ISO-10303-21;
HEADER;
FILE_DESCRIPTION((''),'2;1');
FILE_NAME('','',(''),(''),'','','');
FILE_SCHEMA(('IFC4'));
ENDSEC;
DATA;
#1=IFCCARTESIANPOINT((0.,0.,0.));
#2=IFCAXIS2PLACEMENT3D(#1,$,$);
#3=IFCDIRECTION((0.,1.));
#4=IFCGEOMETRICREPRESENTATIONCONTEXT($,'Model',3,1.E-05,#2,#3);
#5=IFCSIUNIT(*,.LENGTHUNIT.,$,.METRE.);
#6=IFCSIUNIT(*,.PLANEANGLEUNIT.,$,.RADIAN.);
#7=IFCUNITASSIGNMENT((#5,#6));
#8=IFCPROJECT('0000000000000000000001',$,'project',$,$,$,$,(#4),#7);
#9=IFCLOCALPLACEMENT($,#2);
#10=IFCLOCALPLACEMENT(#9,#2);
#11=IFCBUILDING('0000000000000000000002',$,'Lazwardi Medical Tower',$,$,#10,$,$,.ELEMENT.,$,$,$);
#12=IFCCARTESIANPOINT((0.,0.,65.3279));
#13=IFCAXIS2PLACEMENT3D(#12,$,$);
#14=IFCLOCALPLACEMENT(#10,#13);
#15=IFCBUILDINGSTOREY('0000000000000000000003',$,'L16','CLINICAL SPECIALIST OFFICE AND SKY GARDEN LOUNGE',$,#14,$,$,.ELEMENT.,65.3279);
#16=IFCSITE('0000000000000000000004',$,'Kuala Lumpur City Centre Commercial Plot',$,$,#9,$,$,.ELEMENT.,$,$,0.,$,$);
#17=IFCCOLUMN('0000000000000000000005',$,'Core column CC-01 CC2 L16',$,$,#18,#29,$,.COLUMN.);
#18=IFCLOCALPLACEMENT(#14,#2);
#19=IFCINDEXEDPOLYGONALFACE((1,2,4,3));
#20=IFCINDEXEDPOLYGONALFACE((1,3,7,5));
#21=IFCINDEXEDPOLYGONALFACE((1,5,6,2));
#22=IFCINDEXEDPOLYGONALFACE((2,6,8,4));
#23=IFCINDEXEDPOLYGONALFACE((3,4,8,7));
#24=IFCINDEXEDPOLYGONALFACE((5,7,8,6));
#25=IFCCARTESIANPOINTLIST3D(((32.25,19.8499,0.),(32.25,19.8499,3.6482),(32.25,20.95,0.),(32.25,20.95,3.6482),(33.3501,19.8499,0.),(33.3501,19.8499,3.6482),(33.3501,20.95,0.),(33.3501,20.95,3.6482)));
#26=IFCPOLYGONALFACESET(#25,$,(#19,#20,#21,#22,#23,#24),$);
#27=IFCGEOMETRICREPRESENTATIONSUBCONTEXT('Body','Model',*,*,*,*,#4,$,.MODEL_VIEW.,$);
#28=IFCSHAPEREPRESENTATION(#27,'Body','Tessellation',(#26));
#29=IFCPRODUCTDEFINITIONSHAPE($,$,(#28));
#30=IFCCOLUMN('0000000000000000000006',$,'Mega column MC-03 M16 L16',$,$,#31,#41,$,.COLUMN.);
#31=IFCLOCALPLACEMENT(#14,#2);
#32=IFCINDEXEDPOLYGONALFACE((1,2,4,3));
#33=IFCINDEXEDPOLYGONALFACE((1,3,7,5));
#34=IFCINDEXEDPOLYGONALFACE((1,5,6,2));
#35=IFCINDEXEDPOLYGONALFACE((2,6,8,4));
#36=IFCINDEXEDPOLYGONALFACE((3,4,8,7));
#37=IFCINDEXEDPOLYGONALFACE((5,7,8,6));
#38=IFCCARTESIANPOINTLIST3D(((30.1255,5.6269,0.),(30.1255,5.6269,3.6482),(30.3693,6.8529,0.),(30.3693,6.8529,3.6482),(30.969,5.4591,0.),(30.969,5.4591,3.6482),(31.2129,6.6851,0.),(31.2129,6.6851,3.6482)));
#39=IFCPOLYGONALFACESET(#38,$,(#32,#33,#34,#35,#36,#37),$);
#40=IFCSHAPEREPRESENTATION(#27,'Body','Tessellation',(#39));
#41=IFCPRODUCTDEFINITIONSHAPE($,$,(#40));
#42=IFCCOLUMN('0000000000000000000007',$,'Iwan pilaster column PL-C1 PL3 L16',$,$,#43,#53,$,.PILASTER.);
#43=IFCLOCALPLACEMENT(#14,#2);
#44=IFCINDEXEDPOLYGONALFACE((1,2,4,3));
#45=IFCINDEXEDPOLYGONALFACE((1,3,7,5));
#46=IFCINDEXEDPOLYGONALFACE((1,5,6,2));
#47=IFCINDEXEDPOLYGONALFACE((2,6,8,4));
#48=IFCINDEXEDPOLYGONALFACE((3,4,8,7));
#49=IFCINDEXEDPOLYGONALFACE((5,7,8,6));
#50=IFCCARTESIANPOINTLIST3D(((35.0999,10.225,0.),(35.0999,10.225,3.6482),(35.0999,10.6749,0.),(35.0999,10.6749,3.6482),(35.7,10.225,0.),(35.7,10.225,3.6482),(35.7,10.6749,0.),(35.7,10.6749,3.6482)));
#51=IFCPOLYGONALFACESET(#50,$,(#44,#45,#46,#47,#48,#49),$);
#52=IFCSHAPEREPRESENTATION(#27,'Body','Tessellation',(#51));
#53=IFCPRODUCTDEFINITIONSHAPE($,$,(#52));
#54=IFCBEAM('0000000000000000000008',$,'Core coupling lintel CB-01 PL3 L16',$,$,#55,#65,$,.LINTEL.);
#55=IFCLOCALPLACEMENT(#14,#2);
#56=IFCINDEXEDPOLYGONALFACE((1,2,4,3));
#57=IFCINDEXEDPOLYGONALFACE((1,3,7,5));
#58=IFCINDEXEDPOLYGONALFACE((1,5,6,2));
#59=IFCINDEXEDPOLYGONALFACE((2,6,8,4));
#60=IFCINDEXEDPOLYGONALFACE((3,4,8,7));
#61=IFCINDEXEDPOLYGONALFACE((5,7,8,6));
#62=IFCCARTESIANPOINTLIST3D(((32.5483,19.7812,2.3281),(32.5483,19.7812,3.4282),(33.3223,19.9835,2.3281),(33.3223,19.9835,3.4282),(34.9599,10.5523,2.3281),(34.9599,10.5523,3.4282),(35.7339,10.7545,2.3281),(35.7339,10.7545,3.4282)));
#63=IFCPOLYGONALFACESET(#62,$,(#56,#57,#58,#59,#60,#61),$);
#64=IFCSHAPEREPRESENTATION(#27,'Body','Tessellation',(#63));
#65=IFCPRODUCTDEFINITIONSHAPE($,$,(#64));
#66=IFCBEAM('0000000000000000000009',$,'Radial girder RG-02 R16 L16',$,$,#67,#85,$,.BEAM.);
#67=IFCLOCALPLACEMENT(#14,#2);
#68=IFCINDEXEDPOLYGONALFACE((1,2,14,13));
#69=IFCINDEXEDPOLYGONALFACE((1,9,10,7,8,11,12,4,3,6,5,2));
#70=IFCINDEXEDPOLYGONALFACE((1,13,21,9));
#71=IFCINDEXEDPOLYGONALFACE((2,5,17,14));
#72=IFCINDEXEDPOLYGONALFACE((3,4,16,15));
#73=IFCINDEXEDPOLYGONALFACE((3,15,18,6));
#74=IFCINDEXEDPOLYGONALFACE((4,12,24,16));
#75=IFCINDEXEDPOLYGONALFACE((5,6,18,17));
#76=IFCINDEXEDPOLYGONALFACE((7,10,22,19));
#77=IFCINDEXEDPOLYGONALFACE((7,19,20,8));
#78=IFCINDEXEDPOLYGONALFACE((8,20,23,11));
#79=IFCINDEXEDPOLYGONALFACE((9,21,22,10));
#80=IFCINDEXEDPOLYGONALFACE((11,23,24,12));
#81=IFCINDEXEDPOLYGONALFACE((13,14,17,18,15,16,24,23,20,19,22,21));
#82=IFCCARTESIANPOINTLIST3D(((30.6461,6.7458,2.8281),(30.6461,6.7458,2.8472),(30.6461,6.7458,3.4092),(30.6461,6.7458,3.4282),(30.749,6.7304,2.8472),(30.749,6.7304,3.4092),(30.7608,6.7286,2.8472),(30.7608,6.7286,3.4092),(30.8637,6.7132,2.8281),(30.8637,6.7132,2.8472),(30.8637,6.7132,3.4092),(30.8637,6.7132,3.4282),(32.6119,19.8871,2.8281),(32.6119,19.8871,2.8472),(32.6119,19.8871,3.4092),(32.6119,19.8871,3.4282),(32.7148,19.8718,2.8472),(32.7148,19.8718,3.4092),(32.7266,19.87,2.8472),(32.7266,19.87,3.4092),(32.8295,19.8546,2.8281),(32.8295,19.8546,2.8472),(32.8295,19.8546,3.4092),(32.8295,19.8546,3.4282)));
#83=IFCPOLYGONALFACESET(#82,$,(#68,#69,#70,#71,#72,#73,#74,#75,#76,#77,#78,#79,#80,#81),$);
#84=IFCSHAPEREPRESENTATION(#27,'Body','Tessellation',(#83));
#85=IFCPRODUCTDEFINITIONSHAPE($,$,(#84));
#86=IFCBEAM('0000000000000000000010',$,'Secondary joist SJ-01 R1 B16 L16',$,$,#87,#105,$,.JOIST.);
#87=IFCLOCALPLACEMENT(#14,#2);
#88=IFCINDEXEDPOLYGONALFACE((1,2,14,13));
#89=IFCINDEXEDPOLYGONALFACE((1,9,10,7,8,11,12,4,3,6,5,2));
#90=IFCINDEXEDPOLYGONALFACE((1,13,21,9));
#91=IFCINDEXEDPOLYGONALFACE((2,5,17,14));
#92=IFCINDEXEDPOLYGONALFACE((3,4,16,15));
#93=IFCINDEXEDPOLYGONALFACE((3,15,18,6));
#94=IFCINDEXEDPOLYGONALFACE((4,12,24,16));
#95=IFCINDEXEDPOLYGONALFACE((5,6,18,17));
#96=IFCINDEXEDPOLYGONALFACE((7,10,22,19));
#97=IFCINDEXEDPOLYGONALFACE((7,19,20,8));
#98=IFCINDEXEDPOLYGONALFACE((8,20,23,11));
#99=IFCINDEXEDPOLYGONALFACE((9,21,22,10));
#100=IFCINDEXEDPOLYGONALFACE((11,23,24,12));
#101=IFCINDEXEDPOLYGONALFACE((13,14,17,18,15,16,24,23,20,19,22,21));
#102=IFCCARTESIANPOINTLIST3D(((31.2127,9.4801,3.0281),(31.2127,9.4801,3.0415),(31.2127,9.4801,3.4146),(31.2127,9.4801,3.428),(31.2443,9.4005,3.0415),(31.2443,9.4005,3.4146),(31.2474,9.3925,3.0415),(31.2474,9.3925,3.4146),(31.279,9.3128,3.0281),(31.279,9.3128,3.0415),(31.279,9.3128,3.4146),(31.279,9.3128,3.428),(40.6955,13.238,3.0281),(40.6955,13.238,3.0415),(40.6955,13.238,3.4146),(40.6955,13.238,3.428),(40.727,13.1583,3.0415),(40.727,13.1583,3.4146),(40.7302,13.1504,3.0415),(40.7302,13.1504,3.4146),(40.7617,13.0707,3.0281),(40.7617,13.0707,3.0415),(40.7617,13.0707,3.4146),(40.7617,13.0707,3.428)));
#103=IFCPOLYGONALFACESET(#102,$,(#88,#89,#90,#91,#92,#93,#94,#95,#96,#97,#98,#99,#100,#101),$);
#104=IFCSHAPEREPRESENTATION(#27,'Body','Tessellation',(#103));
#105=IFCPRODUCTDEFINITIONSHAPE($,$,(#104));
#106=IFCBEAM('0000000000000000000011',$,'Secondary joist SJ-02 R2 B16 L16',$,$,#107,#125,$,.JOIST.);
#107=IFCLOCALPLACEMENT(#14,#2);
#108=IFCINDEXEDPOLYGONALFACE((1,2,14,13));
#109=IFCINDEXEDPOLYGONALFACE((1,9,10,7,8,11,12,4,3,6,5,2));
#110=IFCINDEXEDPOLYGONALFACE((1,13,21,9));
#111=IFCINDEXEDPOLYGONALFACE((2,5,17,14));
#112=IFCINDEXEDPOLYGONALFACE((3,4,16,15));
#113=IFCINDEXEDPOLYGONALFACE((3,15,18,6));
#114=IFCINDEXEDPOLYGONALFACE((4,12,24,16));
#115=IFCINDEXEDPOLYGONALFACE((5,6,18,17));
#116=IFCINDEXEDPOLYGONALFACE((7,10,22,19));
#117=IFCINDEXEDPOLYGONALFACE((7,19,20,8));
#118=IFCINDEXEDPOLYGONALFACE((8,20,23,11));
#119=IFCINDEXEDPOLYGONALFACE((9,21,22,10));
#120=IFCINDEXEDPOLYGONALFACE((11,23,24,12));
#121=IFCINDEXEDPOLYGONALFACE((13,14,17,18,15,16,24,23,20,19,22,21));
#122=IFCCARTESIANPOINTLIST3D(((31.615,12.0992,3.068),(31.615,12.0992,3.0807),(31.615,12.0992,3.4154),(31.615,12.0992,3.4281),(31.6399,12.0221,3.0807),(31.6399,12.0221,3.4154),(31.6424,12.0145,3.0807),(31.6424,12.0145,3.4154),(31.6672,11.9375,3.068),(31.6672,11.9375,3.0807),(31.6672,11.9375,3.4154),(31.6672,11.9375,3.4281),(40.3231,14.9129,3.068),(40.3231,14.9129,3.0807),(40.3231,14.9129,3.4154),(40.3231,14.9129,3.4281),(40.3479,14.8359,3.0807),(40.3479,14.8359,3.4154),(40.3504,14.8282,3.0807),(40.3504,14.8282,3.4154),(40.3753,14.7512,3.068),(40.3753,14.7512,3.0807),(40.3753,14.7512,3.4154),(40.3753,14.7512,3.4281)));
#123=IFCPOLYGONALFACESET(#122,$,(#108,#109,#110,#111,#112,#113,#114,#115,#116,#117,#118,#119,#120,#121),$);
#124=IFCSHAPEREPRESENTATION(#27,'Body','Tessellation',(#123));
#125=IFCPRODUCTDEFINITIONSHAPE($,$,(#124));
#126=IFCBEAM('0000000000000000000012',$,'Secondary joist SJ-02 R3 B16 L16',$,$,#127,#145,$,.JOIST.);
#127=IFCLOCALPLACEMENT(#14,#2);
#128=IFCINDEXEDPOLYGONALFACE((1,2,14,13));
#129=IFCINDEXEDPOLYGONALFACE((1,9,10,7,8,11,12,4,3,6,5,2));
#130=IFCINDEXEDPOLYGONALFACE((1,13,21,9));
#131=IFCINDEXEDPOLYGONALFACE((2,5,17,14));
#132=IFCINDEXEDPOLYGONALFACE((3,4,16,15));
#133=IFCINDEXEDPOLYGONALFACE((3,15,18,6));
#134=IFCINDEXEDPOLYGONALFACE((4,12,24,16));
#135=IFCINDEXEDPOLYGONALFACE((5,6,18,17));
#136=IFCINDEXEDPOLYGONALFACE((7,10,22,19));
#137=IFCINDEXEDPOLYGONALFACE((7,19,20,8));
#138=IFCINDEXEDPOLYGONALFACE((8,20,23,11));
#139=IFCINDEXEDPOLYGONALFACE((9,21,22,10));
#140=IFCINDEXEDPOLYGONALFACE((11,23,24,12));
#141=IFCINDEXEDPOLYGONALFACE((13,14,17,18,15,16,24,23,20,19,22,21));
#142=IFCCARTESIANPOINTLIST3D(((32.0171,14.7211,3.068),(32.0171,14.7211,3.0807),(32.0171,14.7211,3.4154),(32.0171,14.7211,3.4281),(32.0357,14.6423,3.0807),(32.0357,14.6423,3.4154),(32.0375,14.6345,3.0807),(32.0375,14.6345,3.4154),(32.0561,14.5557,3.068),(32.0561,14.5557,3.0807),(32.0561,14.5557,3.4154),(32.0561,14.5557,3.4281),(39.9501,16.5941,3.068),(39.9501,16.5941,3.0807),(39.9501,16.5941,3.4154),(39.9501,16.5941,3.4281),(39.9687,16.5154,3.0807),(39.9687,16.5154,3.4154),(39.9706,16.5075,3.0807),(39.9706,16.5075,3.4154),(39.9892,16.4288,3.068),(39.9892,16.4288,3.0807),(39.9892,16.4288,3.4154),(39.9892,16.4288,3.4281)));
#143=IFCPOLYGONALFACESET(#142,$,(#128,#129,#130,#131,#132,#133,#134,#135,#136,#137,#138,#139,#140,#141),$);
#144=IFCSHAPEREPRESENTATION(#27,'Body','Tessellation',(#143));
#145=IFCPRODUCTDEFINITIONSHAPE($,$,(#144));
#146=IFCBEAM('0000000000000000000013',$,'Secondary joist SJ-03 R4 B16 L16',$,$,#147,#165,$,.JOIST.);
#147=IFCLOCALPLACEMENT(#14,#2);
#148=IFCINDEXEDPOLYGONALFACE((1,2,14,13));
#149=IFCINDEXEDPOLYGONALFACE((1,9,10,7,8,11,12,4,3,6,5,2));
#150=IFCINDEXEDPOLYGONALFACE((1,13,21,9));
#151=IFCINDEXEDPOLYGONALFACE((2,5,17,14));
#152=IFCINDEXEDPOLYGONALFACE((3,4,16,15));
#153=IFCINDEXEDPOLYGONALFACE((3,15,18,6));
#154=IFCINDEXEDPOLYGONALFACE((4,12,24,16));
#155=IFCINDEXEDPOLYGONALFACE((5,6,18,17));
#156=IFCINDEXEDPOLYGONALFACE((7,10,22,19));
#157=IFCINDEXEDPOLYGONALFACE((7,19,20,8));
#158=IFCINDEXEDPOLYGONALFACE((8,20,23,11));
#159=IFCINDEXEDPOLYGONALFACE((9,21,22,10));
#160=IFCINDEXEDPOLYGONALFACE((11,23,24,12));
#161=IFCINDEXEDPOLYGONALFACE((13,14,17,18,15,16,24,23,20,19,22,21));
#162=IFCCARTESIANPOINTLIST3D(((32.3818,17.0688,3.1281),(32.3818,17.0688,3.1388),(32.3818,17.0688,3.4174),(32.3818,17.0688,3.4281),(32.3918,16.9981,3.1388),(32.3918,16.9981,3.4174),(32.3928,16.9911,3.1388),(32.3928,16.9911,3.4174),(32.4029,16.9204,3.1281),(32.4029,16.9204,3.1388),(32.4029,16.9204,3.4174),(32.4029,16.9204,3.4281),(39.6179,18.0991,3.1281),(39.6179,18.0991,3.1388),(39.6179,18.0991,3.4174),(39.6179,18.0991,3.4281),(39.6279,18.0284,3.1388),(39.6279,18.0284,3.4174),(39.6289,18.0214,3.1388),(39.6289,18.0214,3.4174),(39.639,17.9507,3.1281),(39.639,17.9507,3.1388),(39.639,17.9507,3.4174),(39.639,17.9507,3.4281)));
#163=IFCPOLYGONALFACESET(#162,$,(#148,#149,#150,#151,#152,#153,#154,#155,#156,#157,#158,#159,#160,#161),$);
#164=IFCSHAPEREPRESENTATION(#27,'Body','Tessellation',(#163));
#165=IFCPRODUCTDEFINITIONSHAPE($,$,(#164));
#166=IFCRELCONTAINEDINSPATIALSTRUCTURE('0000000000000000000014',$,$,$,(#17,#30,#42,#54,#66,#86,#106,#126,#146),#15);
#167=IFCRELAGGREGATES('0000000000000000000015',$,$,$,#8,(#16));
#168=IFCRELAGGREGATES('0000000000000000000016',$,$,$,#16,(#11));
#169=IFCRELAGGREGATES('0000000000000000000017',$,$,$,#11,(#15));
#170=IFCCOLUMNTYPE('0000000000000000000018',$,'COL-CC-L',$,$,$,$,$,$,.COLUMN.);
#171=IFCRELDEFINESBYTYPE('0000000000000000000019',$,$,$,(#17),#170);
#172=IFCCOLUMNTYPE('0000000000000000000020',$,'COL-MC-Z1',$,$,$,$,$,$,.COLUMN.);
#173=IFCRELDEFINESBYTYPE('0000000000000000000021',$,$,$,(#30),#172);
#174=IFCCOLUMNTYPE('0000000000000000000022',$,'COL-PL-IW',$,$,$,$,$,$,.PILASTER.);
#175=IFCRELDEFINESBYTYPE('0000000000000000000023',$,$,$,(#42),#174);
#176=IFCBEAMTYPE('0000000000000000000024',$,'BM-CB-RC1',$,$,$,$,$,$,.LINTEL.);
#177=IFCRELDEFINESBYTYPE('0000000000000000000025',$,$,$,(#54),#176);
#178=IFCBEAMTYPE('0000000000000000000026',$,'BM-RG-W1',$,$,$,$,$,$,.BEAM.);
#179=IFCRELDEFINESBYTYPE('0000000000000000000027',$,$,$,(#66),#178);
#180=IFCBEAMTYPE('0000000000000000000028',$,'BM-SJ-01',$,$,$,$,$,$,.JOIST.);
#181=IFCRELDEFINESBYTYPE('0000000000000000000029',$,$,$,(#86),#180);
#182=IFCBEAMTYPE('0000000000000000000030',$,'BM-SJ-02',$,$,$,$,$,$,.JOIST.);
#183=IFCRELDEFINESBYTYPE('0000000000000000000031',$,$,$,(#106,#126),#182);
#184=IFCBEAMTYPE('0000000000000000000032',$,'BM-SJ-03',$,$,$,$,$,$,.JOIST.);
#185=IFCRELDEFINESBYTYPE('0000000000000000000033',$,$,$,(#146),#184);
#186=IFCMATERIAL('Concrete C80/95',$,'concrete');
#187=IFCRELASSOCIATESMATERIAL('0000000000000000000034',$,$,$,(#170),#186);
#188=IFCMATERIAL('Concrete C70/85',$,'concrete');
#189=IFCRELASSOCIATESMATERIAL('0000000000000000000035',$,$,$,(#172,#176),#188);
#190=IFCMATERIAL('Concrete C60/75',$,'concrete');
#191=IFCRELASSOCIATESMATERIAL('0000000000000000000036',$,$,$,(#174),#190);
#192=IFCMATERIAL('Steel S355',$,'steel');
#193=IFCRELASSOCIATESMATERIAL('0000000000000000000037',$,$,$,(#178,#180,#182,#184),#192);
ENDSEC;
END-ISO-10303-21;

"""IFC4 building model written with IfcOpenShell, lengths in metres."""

from ifc_helpers import new_model, si_unit, direction, frame, origin, origin_2d, place, context, subcontext, project, spatial, rectangle, i_section, extrude, material, material_profile, profile_set, type_object, element, save


model = new_model("IFC4")

# Units and contexts
model_context = context("Model", 3, precision=1e-05, world=origin(), true_north=direction((0.0, 1.0)))
body_context = subcontext(model_context, "Body", "Model", "MODEL_VIEW")
ifc_project = project(units=[si_unit("LENGTHUNIT", "METRE"), si_unit("PLANEANGLEUNIT", "RADIAN")], contexts=[model_context])

# Site, building, storey
site_placement = place(None, origin())
site = spatial("IfcSite", under=ifc_project, at=site_placement, Name="Kuala Lumpur City Centre Commercial Plot", CompositionType="ELEMENT", RefElevation=0.0)
building_placement = place(site_placement, origin())
building = spatial("IfcBuilding", under=site, at=building_placement, Name="Lazwardi Medical Tower", CompositionType="ELEMENT")
storey_placement = place(building_placement, frame((0.0, 0.0, 65.3279)))
storey = spatial("IfcBuildingStorey", under=building, at=storey_placement, Name="L16", Description="CLINICAL SPECIALIST OFFICE AND SKY GARDEN LOUNGE", CompositionType="ELEMENT", Elevation=65.3279)

# Columns
ifc_material_1 = material(Name="Concrete C80/95", Category="concrete")
ifc_material_profile_1 = material_profile(ifc_material_1, rectangle(XDim=1.1001, YDim=1.1001, at=origin_2d()), Name="RC 1100x1100")
ifc_profile_set_1 = profile_set([ifc_material_profile_1], Name="Concrete C80/95")
column_type_1 = type_object("IfcColumnType", Name="COL-CC-L", PredefinedType="COLUMN", material=ifc_profile_set_1)
column_1_placement = place(storey_placement, frame((32.8, 20.3999, 0.0), z_axis=(0.0, 0.0, 1.0), x_axis=(1.0, 0.0, 0.0)))
element("IfcColumn", 1, at=column_1_placement, inside=storey, type_object=column_type_1, Name="Core column CC-01 CC2 L16", PredefinedType="COLUMN", context=body_context, shape_type="SweptSolid", body=[
    extrude(rectangle(XDim=1.1001, YDim=1.1001, at=origin_2d()), origin(), (0.0, 0.0, 1.0), 3.6482),
])
ifc_material_2 = material(Name="Concrete C70/85", Category="concrete")
ifc_material_profile_2 = material_profile(ifc_material_2, rectangle(XDim=1.25, YDim=0.8601, at=origin_2d()), Name="CFT-RECT 1250x860")
ifc_profile_set_2 = profile_set([ifc_material_profile_2], Name="Concrete C70/85")
column_type_2 = type_object("IfcColumnType", Name="COL-MC-Z1", PredefinedType="COLUMN", material=ifc_profile_set_2)
column_2_placement = place(storey_placement, frame((30.6692, 6.156, 0.0), z_axis=(0.0, 0.0, 1.0), x_axis=(-0.19509, -0.980785, 0.0)))
element("IfcColumn", 2, at=column_2_placement, inside=storey, type_object=column_type_2, Name="Mega column MC-03 M16 L16", PredefinedType="COLUMN", context=body_context, shape_type="SweptSolid", body=[
    extrude(rectangle(XDim=1.25, YDim=0.8601, at=origin_2d()), origin(), (0.0, 0.0, 1.0), 3.6482),
])
ifc_material_3 = material(Name="Concrete C60/75", Category="concrete")
ifc_material_profile_3 = material_profile(ifc_material_3, rectangle(XDim=0.6001, YDim=0.45, at=origin_2d()), Name="RC 600x450")
ifc_profile_set_3 = profile_set([ifc_material_profile_3], Name="Concrete C60/75")
column_type_3 = type_object("IfcColumnType", Name="COL-PL-IW", PredefinedType="PILASTER", material=ifc_profile_set_3)
column_3_placement = place(storey_placement, frame((35.3999, 10.45, 0.0), z_axis=(0.0, 0.0, 1.0), x_axis=(1.0, 0.0, 0.0)))
element("IfcColumn", 3, at=column_3_placement, inside=storey, type_object=column_type_3, Name="Iwan pilaster column PL-C1 PL3 L16", PredefinedType="PILASTER", context=body_context, shape_type="SweptSolid", body=[
    extrude(rectangle(XDim=0.6001, YDim=0.45, at=origin_2d()), origin(), (0.0, 0.0, 1.0), 3.6482),
])

# Beams
ifc_material_profile_4 = material_profile(ifc_material_2, rectangle(XDim=0.8, YDim=1.1001, at=origin_2d()), Name="RC 800x1100")
ifc_profile_set_4 = profile_set([ifc_material_profile_4], Name="Concrete C70/85")
beam_type_1 = type_object("IfcBeamType", Name="BM-CB-RC1", PredefinedType="LINTEL", material=ifc_profile_set_4)
beam_1_placement = place(storey_placement, frame((32.9353, 19.8823, 2.8782), z_axis=(0.25282, -0.967513, 0.0), x_axis=(0.967513, 0.25282, 0.0)))
element("IfcBeam", 4, at=beam_1_placement, inside=storey, type_object=beam_type_1, Name="Core coupling lintel CB-01 PL3 L16", PredefinedType="LINTEL", context=body_context, shape_type="SweptSolid", body=[
    extrude(rectangle(XDim=0.8, YDim=1.1001, at=origin_2d()), origin(), (0.0, 0.0, 1.0), 9.5388),
])
ifc_material_4 = material(Name="Steel S355", Category="steel")
ifc_material_profile_5 = material_profile(ifc_material_4, i_section(OverallWidth=0.22, OverallDepth=0.6001, WebThickness=0.012, FlangeThickness=0.019, at=origin_2d()), Name="IPE 600")
ifc_profile_set_5 = profile_set([ifc_material_profile_5], Name="Steel S355")
beam_type_2 = type_object("IfcBeamType", Name="BM-RG-W1", PredefinedType="BEAM", material=ifc_profile_set_5)
beam_2_placement = place(storey_placement, frame((30.7549, 6.7295, 3.1282), z_axis=(0.147944, 0.988996, 0.0), x_axis=(-0.988996, 0.147944, 0.0)))
element("IfcBeam", 5, at=beam_2_placement, inside=storey, type_object=beam_type_2, Name="Radial girder RG-02 R16 L16", PredefinedType="BEAM", context=body_context, shape_type="SweptSolid", body=[
    extrude(i_section(OverallWidth=0.22, OverallDepth=0.6001, WebThickness=0.012, FlangeThickness=0.019, at=origin_2d()), origin(), (0.0, 0.0, 1.0), 13.2876),
])
ifc_material_profile_6 = material_profile(ifc_material_4, i_section(OverallWidth=0.1799, OverallDepth=0.3999, WebThickness=0.0085, FlangeThickness=0.0134, at=origin_2d()), Name="IPE 400")
ifc_profile_set_6 = profile_set([ifc_material_profile_6], Name="Steel S355")
beam_type_3 = type_object("IfcBeamType", Name="BM-SJ-01", PredefinedType="JOIST", material=ifc_profile_set_6)
beam_3_placement = place(storey_placement, frame((31.2458, 9.3965, 3.228), z_axis=(0.929664, 0.368409, 0.0), x_axis=(-0.368409, 0.929664, 0.0)))
element("IfcBeam", 6, at=beam_3_placement, inside=storey, type_object=beam_type_3, Name="Secondary joist SJ-01 R1 B16 L16", PredefinedType="JOIST", context=body_context, shape_type="SweptSolid", body=[
    extrude(i_section(OverallWidth=0.1799, OverallDepth=0.3999, WebThickness=0.0085, FlangeThickness=0.0134, at=origin_2d()), origin(), (0.0, 0.0, 1.0), 10.2002),
])
ifc_material_profile_7 = material_profile(ifc_material_4, i_section(OverallWidth=0.1699, OverallDepth=0.3601, WebThickness=0.0081, FlangeThickness=0.0127, at=origin_2d()), Name="IPE 360")
ifc_profile_set_7 = profile_set([ifc_material_profile_7], Name="Steel S355")
beam_type_4 = type_object("IfcBeamType", Name="BM-SJ-02", PredefinedType="JOIST", material=ifc_profile_set_7)
beam_4_placement = place(storey_placement, frame((31.6411, 12.0183, 3.248), z_axis=(0.951559, 0.307467, 0.0), x_axis=(-0.307467, 0.951559, 0.0)))
element("IfcBeam", 7, at=beam_4_placement, inside=storey, type_object=beam_type_4, Name="Secondary joist SJ-02 R2 B16 L16", PredefinedType="JOIST", context=body_context, shape_type="SweptSolid", body=[
    extrude(i_section(OverallWidth=0.1699, OverallDepth=0.3601, WebThickness=0.0081, FlangeThickness=0.0127, at=origin_2d()), origin(), (0.0, 0.0, 1.0), 9.1514),
])
beam_5_placement = place(storey_placement, frame((32.0366, 14.6384, 3.248), z_axis=(0.973241, 0.229787, 0.0), x_axis=(-0.229787, 0.973241, 0.0)))
element("IfcBeam", 8, at=beam_5_placement, inside=storey, type_object=beam_type_4, Name="Secondary joist SJ-02 R3 B16 L16", PredefinedType="JOIST", context=body_context, shape_type="SweptSolid", body=[
    extrude(i_section(OverallWidth=0.1699, OverallDepth=0.3601, WebThickness=0.0081, FlangeThickness=0.0127, at=origin_2d()), origin(), (0.0, 0.0, 1.0), 8.1511),
])
ifc_material_profile_8 = material_profile(ifc_material_4, i_section(OverallWidth=0.1499, OverallDepth=0.3, WebThickness=0.0071, FlangeThickness=0.0107, at=origin_2d()), Name="IPE 300")
ifc_profile_set_8 = profile_set([ifc_material_profile_8], Name="Steel S355")
beam_type_5 = type_object("IfcBeamType", Name="BM-SJ-03", PredefinedType="JOIST", material=ifc_profile_set_8)
beam_6_placement = place(storey_placement, frame((32.3923, 16.9946, 3.2781), z_axis=(0.990016, 0.140958, 0.0), x_axis=(-0.140958, 0.990016, 0.0)))
element("IfcBeam", 9, at=beam_6_placement, inside=storey, type_object=beam_type_5, Name="Secondary joist SJ-03 R4 B16 L16", PredefinedType="JOIST", context=body_context, shape_type="SweptSolid", body=[
    extrude(i_section(OverallWidth=0.1499, OverallDepth=0.3, WebThickness=0.0071, FlangeThickness=0.0107, at=origin_2d()), origin(), (0.0, 0.0, 1.0), 7.3091),
])

save(model, "model.ifc")
